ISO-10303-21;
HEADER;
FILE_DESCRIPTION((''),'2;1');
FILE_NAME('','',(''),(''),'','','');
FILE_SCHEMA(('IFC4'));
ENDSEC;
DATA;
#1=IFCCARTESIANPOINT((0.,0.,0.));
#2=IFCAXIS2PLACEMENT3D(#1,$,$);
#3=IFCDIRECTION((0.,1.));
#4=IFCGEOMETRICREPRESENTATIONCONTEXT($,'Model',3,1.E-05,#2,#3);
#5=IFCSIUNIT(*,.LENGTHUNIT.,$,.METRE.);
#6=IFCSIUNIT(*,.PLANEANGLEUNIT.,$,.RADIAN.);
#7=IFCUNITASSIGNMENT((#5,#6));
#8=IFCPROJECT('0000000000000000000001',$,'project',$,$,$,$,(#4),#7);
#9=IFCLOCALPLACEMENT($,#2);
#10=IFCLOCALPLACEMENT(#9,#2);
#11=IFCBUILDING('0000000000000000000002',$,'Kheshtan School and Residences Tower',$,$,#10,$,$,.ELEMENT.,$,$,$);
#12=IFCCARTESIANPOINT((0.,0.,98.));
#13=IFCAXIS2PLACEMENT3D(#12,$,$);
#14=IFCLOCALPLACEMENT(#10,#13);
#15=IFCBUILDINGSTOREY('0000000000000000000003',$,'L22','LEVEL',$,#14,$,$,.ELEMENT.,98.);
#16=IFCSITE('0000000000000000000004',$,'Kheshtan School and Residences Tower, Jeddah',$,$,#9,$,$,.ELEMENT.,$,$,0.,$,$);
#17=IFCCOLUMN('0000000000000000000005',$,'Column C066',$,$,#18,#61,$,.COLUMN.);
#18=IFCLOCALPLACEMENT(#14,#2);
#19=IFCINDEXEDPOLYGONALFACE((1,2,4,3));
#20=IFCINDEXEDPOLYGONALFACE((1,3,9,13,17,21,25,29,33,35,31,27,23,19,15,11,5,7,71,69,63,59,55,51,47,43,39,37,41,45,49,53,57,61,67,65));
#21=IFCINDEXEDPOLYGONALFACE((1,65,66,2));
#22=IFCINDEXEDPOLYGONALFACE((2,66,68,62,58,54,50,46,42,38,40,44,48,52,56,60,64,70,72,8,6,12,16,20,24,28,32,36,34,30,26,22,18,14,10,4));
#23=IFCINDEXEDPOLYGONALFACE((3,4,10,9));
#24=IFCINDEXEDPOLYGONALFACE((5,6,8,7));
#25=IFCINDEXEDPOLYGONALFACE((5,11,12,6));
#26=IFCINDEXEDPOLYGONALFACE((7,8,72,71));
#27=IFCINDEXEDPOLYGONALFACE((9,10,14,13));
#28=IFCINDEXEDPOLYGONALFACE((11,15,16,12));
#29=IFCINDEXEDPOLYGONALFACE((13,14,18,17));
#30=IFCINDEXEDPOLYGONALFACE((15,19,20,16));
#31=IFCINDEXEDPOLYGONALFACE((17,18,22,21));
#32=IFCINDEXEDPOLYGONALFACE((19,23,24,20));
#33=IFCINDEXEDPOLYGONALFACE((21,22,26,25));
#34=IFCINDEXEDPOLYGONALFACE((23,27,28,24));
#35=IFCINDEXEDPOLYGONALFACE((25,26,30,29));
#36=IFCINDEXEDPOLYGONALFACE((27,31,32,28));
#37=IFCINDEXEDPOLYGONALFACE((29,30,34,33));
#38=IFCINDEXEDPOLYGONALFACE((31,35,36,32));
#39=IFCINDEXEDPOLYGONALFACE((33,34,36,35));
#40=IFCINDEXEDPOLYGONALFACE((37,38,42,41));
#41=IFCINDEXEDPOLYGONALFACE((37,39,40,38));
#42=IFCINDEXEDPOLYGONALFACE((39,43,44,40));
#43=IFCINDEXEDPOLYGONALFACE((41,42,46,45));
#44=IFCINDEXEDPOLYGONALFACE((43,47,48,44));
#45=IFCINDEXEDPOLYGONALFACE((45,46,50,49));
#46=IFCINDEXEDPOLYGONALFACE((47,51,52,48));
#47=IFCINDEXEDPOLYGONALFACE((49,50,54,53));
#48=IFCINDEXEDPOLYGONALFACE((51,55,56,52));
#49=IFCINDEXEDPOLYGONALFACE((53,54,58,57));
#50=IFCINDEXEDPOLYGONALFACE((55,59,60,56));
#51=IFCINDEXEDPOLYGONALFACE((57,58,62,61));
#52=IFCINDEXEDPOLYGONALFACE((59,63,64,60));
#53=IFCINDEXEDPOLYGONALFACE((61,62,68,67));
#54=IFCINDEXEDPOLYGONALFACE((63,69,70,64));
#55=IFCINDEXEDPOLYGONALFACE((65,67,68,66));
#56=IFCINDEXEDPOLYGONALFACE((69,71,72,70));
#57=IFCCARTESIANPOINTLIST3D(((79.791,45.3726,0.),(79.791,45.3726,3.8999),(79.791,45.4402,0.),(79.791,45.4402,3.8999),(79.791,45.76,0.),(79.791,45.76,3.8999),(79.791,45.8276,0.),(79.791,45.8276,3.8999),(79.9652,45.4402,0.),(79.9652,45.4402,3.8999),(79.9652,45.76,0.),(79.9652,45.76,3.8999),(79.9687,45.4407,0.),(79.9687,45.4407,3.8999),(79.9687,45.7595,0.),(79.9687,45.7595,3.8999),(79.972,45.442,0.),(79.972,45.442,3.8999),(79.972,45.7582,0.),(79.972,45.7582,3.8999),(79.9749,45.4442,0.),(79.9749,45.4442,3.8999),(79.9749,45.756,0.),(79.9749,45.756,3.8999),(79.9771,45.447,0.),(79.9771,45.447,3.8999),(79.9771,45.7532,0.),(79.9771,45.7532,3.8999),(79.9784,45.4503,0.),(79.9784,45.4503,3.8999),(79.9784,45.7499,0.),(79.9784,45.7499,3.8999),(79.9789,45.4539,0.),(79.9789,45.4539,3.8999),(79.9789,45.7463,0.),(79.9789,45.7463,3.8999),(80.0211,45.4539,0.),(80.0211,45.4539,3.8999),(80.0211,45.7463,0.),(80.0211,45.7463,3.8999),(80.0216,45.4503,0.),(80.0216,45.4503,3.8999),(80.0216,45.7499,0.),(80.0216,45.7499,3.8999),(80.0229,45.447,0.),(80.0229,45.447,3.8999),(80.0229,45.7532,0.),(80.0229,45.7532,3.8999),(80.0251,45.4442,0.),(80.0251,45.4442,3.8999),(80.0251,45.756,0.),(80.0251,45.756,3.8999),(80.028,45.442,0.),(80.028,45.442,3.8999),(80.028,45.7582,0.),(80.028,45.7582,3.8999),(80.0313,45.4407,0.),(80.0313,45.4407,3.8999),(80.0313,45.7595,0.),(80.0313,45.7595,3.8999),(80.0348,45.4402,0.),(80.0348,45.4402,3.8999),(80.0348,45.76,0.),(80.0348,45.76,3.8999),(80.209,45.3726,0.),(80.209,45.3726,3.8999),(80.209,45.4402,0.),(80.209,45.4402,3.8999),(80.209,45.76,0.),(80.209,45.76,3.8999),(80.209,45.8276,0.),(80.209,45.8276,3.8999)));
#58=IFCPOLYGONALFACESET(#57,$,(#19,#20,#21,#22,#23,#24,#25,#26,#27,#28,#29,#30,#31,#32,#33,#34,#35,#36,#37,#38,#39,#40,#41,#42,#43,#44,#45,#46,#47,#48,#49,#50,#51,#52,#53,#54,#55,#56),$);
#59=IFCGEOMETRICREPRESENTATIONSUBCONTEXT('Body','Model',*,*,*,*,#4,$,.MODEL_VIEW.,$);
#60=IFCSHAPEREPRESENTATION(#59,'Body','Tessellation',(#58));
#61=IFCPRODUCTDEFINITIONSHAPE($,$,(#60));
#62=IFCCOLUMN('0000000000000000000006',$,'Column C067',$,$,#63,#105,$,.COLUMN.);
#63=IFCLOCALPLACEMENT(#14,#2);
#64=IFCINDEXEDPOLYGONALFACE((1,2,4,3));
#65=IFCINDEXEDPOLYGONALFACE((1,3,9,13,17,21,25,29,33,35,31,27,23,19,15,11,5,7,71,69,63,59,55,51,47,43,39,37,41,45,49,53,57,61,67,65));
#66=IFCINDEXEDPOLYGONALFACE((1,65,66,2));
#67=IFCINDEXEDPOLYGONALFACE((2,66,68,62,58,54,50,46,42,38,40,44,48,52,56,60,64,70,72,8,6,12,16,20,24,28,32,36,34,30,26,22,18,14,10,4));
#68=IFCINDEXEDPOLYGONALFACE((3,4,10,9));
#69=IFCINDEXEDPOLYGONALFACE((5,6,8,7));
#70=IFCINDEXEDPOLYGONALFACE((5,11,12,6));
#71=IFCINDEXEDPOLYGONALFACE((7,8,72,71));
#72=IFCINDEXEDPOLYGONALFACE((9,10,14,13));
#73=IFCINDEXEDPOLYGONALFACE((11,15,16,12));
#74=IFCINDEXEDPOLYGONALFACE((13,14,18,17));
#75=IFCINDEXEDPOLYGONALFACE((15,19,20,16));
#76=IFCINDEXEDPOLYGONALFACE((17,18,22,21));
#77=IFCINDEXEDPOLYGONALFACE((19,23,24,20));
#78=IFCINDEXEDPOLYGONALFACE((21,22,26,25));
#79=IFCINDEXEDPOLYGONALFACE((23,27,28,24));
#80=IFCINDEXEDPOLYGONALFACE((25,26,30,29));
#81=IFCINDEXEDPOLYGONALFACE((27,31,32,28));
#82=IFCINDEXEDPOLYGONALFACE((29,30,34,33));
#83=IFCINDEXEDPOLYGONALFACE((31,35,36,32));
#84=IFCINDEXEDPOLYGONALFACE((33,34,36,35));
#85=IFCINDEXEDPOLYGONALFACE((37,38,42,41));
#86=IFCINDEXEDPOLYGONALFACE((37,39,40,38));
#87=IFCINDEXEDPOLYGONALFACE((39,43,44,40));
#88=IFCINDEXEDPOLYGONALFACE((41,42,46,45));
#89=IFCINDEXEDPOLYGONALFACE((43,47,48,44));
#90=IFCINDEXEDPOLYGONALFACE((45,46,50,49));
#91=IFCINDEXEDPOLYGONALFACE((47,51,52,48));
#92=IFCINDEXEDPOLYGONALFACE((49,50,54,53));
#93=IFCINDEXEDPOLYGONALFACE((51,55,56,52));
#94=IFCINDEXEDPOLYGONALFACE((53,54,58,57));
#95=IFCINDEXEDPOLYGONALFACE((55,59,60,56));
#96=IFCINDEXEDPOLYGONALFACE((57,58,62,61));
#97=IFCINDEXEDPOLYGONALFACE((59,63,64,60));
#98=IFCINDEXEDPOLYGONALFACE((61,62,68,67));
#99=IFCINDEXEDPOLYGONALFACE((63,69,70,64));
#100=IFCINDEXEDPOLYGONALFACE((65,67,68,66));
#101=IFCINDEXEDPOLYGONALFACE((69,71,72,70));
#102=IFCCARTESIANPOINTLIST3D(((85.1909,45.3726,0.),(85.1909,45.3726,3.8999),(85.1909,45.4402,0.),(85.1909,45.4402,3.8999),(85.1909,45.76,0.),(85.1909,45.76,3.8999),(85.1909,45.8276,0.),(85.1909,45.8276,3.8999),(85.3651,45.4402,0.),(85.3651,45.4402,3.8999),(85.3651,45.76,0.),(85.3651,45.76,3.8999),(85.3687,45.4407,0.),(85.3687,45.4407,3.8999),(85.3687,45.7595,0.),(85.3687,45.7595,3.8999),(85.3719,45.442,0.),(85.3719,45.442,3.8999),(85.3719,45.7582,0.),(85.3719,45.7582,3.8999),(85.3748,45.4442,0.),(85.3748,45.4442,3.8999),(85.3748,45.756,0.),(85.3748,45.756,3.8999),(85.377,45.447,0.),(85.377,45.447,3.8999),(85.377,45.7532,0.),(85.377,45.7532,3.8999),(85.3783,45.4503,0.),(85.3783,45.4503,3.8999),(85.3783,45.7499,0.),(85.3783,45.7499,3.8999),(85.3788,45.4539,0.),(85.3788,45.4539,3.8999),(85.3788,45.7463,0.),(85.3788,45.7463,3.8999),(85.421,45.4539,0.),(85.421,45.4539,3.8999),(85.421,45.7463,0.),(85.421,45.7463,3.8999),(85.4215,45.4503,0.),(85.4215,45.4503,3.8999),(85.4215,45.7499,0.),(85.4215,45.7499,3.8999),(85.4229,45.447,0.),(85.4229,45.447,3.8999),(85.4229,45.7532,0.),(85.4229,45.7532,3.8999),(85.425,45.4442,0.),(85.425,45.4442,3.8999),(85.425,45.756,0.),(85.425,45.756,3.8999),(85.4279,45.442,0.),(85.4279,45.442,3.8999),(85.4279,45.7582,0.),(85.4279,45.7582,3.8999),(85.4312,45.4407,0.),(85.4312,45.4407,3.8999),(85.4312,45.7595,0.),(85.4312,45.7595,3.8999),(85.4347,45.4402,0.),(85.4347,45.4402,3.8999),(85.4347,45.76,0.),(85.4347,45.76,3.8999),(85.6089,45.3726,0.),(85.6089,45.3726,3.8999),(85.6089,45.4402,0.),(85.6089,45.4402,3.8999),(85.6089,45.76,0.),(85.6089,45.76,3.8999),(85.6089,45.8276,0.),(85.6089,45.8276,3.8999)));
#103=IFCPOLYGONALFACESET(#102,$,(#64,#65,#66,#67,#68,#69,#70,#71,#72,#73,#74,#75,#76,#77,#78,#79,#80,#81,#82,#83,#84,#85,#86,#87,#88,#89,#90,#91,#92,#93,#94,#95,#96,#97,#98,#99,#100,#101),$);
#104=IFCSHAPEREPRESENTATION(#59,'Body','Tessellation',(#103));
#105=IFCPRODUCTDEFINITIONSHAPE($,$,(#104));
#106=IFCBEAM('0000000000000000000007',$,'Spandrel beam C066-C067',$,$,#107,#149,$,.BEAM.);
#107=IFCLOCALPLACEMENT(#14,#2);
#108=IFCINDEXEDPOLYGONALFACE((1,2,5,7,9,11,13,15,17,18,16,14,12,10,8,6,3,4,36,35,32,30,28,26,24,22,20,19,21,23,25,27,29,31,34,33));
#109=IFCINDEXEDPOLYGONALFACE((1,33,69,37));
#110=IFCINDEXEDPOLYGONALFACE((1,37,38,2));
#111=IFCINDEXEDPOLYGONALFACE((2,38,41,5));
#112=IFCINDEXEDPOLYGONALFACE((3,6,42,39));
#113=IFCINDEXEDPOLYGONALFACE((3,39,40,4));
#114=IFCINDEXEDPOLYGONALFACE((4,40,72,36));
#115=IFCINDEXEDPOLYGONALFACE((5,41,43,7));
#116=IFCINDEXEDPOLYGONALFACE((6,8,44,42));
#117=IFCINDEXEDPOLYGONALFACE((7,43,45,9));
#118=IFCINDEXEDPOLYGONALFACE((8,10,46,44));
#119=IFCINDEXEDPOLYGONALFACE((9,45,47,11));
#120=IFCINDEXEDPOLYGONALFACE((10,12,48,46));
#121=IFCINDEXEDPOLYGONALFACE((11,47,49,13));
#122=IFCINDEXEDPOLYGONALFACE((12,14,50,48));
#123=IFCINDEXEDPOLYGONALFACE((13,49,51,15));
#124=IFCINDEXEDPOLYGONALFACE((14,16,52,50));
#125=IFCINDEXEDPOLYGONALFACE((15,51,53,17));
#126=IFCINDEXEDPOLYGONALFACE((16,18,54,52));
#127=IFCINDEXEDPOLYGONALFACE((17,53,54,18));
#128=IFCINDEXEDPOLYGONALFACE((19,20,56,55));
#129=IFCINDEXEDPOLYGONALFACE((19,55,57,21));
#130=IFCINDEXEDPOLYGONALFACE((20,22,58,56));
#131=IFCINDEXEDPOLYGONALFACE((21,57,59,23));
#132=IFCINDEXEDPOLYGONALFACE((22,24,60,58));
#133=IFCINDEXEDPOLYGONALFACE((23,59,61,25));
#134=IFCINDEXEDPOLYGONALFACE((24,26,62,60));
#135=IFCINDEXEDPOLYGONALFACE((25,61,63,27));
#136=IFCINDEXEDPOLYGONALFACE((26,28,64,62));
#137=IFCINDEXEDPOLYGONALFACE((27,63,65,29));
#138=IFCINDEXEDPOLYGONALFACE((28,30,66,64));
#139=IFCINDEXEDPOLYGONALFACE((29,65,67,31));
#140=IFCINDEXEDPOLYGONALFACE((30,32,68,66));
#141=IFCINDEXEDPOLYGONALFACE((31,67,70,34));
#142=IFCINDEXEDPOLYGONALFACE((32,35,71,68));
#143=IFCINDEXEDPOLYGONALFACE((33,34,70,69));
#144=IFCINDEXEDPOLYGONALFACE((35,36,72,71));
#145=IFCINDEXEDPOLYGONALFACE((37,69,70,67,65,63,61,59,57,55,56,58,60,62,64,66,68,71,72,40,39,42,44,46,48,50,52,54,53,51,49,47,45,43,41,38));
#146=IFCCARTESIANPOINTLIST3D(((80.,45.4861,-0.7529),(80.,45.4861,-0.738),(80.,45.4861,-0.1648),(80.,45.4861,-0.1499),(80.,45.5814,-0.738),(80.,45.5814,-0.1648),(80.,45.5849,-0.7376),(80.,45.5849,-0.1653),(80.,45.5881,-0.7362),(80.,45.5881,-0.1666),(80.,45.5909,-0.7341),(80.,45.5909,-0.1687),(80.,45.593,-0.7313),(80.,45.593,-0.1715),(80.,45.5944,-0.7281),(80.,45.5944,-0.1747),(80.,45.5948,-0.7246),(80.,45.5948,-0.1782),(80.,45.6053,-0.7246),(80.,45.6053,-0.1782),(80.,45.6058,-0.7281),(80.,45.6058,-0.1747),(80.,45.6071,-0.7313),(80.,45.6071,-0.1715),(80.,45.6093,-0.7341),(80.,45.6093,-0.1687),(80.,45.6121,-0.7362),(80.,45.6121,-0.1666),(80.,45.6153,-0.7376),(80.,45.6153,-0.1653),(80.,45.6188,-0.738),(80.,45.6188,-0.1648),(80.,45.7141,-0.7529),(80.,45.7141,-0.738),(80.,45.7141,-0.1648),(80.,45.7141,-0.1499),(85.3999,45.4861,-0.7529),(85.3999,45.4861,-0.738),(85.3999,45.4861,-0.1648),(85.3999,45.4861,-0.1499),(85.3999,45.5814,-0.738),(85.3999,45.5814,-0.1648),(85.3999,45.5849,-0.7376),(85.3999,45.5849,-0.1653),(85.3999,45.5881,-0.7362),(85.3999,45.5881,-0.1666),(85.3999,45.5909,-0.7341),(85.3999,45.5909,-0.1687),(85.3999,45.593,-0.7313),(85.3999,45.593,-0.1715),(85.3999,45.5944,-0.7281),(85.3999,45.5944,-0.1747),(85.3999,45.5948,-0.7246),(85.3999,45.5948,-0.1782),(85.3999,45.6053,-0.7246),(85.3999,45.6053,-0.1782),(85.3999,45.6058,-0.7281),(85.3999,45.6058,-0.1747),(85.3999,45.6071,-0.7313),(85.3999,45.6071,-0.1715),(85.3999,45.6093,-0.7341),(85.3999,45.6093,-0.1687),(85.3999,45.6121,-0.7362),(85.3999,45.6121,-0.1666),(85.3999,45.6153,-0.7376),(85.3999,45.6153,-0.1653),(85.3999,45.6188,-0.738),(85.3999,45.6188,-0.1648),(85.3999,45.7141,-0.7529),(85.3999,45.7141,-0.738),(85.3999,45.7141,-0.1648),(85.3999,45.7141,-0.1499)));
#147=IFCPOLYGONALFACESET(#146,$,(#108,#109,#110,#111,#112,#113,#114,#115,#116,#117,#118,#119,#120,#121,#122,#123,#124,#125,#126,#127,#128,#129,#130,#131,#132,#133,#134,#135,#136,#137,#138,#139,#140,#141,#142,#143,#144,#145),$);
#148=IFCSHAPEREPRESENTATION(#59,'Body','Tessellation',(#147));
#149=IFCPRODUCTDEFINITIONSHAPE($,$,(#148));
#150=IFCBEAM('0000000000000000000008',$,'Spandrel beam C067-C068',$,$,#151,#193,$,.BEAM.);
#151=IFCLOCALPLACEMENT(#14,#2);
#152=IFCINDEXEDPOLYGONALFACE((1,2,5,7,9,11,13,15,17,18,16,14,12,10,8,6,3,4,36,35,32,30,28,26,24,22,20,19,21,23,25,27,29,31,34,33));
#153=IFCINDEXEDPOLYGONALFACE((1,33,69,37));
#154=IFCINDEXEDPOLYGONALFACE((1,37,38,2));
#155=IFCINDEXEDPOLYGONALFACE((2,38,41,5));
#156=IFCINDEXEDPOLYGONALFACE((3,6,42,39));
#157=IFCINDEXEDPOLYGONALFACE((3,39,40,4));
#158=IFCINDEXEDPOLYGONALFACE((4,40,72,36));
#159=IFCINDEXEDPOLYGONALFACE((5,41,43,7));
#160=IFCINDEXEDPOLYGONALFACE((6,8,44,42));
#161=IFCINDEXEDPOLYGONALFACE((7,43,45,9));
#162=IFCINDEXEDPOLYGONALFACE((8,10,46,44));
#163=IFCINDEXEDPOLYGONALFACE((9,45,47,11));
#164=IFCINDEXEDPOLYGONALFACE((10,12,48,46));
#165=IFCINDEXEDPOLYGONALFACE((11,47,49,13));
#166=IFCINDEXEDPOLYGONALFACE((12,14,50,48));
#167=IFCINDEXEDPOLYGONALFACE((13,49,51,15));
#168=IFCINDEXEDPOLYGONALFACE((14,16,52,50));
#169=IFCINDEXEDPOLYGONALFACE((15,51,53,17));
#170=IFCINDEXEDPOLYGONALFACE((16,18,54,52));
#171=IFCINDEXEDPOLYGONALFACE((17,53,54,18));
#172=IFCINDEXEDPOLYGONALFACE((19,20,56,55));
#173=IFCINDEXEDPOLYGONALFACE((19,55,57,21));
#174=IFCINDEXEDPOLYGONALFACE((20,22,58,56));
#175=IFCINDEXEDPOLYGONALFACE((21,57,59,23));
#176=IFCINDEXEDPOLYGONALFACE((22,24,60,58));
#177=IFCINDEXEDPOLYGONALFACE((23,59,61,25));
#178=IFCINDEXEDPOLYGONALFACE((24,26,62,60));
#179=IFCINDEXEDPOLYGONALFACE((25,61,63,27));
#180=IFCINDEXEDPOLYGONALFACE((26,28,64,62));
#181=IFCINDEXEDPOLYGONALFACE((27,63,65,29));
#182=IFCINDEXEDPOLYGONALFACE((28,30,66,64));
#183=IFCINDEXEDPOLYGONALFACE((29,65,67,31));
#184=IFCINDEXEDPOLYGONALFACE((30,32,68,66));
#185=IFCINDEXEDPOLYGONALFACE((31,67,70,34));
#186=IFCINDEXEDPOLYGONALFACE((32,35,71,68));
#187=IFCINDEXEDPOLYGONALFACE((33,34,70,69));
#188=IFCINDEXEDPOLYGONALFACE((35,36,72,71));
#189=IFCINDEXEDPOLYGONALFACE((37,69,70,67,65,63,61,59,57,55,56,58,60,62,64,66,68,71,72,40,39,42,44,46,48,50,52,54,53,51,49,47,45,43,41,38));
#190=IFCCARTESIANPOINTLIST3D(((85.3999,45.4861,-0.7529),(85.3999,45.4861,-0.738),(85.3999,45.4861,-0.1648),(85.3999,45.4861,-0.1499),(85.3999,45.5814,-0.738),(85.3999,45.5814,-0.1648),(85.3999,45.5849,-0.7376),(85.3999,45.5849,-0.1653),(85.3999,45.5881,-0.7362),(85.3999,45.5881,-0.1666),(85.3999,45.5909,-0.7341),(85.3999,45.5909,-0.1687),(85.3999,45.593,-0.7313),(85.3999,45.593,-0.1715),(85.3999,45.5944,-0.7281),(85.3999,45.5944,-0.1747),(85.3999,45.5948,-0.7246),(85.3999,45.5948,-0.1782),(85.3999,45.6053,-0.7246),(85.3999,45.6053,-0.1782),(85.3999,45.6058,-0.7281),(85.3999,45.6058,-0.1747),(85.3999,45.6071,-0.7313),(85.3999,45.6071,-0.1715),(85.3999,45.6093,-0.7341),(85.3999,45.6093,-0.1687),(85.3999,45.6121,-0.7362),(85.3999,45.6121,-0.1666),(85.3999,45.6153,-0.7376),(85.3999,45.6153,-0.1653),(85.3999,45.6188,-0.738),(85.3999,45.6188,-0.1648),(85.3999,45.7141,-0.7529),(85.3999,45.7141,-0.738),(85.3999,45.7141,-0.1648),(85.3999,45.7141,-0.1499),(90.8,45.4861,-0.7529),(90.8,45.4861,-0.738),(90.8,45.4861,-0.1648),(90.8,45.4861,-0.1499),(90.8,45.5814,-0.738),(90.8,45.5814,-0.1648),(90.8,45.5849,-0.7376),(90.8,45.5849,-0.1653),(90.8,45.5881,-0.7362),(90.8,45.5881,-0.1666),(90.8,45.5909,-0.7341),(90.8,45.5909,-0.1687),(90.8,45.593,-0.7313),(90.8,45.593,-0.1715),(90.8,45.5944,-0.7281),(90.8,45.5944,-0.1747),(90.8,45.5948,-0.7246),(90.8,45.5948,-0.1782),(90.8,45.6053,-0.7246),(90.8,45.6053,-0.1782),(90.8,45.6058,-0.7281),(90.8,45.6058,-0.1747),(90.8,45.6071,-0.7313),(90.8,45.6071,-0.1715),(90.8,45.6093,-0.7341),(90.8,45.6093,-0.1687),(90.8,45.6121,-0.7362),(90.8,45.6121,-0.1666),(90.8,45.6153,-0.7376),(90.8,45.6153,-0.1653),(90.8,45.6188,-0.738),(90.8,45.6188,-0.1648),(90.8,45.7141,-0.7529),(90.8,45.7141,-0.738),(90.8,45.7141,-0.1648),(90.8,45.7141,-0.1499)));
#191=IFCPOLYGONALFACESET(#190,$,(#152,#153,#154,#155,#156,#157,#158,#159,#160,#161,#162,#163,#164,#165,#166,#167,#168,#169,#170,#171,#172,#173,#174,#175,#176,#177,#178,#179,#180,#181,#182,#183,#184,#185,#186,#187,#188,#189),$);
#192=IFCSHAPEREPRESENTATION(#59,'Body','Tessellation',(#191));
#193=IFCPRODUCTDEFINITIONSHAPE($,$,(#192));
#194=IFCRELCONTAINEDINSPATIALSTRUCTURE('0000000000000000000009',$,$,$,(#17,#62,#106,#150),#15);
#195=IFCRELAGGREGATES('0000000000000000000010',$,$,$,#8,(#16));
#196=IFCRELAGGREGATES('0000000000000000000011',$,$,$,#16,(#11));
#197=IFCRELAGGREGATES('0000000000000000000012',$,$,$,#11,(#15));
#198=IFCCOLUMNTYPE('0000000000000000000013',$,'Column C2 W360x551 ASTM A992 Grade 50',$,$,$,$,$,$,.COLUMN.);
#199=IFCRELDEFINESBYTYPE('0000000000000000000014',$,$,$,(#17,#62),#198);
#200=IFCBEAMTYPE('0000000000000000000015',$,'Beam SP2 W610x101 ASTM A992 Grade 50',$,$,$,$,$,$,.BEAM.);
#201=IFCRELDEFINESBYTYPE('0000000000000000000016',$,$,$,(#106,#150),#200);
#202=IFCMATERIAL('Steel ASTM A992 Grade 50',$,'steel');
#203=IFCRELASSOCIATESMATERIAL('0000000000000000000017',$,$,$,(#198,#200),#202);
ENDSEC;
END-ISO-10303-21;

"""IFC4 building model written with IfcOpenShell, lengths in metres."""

from ifc_helpers import new_model, si_unit, direction, frame, origin, origin_2d, place, context, subcontext, project, spatial, i_section, extrude, material, material_profile, profile_set, type_object, element, save


model = new_model("IFC4")

# Units and contexts
model_context = context("Model", 3, precision=1e-05, world=origin(), true_north=direction((0.0, 1.0)))
body_context = subcontext(model_context, "Body", "Model", "MODEL_VIEW")
ifc_project = project(units=[si_unit("LENGTHUNIT", "METRE"), si_unit("PLANEANGLEUNIT", "RADIAN")], contexts=[model_context])

# Site, building, storey
site_placement = place(None, origin())
site = spatial("IfcSite", under=ifc_project, at=site_placement, Name="Kheshtan School and Residences Tower, Jeddah", CompositionType="ELEMENT", RefElevation=0.0)
building_placement = place(site_placement, origin())
building = spatial("IfcBuilding", under=site, at=building_placement, Name="Kheshtan School and Residences Tower", CompositionType="ELEMENT")
storey_placement = place(building_placement, frame((0.0, 0.0, 98.0)))
storey = spatial("IfcBuildingStorey", under=building, at=storey_placement, Name="L22", Description="LEVEL", CompositionType="ELEMENT", Elevation=98.0)

# Columns
ifc_material_1 = material(Name="Steel ASTM A992 Grade 50", Category="steel")
ifc_material_profile_1 = material_profile(ifc_material_1, i_section(OverallWidth=0.418, OverallDepth=0.4551, WebThickness=0.0422, FlangeThickness=0.0676, FilletRadius=0.0137, at=origin_2d()), Name="W360x551")
ifc_profile_set_1 = profile_set([ifc_material_profile_1], Name="Steel ASTM A992 Grade 50")
column_type = type_object("IfcColumnType", Name="Column C2 W360x551 ASTM A992 Grade 50", PredefinedType="COLUMN", material=ifc_profile_set_1)
for number, where, z_axis, x_axis, name in (
    (1, (80.0, 45.6001, 0.0), (0.0, 0.0, 1.0), (1.0, 0.0, 0.0), "Column C066"),
    (2, (85.3999, 45.6001, 0.0), (0.0, 0.0, 1.0), (1.0, 0.0, 0.0), "Column C067"),
):
    element("IfcColumn", number, at=place(storey_placement, frame(where, z_axis=z_axis, x_axis=x_axis)), inside=storey, type_object=column_type, Name=name, PredefinedType="COLUMN", context=body_context, shape_type="SweptSolid", body=[
        extrude(i_section(OverallWidth=0.418, OverallDepth=0.4551, WebThickness=0.0422, FlangeThickness=0.0676, FilletRadius=0.0137, at=origin_2d()), origin(), (0.0, 0.0, 1.0), 3.8999),
    ])

# Beams
ifc_material_profile_2 = material_profile(ifc_material_1, i_section(OverallWidth=0.228, OverallDepth=0.603, WebThickness=0.0105, FlangeThickness=0.0149, FilletRadius=0.0134, at=origin_2d()), Name="W610x101")
ifc_profile_set_2 = profile_set([ifc_material_profile_2], Name="Steel ASTM A992 Grade 50")
beam_type = type_object("IfcBeamType", Name="Beam SP2 W610x101 ASTM A992 Grade 50", PredefinedType="BEAM", material=ifc_profile_set_2)
beam_1_placement = place(storey_placement, frame((80.0, 45.6001, -0.4514), z_axis=(1.0, 0.0, 0.0), x_axis=(0.0, 1.0, 0.0)))
element("IfcBeam", 3, at=beam_1_placement, inside=storey, type_object=beam_type, Name="Spandrel beam C066-C067", PredefinedType="BEAM", context=body_context, shape_type="SweptSolid", body=[
    extrude(i_section(OverallWidth=0.228, OverallDepth=0.603, WebThickness=0.0105, FlangeThickness=0.0149, FilletRadius=0.0134, at=origin_2d()), origin(), (0.0, 0.0, 1.0), 5.3999),
])
beam_2_placement = place(storey_placement, frame((85.3999, 45.6001, -0.4514), z_axis=(1.0, 0.0, 0.0), x_axis=(0.0, 1.0, 0.0)))
element("IfcBeam", 4, at=beam_2_placement, inside=storey, type_object=beam_type, Name="Spandrel beam C067-C068", PredefinedType="BEAM", context=body_context, shape_type="SweptSolid", body=[
    extrude(i_section(OverallWidth=0.228, OverallDepth=0.603, WebThickness=0.0105, FlangeThickness=0.0149, FilletRadius=0.0134, at=origin_2d()), origin(), (0.0, 0.0, 1.0), 5.4001),
])

save(model, "model.ifc")
